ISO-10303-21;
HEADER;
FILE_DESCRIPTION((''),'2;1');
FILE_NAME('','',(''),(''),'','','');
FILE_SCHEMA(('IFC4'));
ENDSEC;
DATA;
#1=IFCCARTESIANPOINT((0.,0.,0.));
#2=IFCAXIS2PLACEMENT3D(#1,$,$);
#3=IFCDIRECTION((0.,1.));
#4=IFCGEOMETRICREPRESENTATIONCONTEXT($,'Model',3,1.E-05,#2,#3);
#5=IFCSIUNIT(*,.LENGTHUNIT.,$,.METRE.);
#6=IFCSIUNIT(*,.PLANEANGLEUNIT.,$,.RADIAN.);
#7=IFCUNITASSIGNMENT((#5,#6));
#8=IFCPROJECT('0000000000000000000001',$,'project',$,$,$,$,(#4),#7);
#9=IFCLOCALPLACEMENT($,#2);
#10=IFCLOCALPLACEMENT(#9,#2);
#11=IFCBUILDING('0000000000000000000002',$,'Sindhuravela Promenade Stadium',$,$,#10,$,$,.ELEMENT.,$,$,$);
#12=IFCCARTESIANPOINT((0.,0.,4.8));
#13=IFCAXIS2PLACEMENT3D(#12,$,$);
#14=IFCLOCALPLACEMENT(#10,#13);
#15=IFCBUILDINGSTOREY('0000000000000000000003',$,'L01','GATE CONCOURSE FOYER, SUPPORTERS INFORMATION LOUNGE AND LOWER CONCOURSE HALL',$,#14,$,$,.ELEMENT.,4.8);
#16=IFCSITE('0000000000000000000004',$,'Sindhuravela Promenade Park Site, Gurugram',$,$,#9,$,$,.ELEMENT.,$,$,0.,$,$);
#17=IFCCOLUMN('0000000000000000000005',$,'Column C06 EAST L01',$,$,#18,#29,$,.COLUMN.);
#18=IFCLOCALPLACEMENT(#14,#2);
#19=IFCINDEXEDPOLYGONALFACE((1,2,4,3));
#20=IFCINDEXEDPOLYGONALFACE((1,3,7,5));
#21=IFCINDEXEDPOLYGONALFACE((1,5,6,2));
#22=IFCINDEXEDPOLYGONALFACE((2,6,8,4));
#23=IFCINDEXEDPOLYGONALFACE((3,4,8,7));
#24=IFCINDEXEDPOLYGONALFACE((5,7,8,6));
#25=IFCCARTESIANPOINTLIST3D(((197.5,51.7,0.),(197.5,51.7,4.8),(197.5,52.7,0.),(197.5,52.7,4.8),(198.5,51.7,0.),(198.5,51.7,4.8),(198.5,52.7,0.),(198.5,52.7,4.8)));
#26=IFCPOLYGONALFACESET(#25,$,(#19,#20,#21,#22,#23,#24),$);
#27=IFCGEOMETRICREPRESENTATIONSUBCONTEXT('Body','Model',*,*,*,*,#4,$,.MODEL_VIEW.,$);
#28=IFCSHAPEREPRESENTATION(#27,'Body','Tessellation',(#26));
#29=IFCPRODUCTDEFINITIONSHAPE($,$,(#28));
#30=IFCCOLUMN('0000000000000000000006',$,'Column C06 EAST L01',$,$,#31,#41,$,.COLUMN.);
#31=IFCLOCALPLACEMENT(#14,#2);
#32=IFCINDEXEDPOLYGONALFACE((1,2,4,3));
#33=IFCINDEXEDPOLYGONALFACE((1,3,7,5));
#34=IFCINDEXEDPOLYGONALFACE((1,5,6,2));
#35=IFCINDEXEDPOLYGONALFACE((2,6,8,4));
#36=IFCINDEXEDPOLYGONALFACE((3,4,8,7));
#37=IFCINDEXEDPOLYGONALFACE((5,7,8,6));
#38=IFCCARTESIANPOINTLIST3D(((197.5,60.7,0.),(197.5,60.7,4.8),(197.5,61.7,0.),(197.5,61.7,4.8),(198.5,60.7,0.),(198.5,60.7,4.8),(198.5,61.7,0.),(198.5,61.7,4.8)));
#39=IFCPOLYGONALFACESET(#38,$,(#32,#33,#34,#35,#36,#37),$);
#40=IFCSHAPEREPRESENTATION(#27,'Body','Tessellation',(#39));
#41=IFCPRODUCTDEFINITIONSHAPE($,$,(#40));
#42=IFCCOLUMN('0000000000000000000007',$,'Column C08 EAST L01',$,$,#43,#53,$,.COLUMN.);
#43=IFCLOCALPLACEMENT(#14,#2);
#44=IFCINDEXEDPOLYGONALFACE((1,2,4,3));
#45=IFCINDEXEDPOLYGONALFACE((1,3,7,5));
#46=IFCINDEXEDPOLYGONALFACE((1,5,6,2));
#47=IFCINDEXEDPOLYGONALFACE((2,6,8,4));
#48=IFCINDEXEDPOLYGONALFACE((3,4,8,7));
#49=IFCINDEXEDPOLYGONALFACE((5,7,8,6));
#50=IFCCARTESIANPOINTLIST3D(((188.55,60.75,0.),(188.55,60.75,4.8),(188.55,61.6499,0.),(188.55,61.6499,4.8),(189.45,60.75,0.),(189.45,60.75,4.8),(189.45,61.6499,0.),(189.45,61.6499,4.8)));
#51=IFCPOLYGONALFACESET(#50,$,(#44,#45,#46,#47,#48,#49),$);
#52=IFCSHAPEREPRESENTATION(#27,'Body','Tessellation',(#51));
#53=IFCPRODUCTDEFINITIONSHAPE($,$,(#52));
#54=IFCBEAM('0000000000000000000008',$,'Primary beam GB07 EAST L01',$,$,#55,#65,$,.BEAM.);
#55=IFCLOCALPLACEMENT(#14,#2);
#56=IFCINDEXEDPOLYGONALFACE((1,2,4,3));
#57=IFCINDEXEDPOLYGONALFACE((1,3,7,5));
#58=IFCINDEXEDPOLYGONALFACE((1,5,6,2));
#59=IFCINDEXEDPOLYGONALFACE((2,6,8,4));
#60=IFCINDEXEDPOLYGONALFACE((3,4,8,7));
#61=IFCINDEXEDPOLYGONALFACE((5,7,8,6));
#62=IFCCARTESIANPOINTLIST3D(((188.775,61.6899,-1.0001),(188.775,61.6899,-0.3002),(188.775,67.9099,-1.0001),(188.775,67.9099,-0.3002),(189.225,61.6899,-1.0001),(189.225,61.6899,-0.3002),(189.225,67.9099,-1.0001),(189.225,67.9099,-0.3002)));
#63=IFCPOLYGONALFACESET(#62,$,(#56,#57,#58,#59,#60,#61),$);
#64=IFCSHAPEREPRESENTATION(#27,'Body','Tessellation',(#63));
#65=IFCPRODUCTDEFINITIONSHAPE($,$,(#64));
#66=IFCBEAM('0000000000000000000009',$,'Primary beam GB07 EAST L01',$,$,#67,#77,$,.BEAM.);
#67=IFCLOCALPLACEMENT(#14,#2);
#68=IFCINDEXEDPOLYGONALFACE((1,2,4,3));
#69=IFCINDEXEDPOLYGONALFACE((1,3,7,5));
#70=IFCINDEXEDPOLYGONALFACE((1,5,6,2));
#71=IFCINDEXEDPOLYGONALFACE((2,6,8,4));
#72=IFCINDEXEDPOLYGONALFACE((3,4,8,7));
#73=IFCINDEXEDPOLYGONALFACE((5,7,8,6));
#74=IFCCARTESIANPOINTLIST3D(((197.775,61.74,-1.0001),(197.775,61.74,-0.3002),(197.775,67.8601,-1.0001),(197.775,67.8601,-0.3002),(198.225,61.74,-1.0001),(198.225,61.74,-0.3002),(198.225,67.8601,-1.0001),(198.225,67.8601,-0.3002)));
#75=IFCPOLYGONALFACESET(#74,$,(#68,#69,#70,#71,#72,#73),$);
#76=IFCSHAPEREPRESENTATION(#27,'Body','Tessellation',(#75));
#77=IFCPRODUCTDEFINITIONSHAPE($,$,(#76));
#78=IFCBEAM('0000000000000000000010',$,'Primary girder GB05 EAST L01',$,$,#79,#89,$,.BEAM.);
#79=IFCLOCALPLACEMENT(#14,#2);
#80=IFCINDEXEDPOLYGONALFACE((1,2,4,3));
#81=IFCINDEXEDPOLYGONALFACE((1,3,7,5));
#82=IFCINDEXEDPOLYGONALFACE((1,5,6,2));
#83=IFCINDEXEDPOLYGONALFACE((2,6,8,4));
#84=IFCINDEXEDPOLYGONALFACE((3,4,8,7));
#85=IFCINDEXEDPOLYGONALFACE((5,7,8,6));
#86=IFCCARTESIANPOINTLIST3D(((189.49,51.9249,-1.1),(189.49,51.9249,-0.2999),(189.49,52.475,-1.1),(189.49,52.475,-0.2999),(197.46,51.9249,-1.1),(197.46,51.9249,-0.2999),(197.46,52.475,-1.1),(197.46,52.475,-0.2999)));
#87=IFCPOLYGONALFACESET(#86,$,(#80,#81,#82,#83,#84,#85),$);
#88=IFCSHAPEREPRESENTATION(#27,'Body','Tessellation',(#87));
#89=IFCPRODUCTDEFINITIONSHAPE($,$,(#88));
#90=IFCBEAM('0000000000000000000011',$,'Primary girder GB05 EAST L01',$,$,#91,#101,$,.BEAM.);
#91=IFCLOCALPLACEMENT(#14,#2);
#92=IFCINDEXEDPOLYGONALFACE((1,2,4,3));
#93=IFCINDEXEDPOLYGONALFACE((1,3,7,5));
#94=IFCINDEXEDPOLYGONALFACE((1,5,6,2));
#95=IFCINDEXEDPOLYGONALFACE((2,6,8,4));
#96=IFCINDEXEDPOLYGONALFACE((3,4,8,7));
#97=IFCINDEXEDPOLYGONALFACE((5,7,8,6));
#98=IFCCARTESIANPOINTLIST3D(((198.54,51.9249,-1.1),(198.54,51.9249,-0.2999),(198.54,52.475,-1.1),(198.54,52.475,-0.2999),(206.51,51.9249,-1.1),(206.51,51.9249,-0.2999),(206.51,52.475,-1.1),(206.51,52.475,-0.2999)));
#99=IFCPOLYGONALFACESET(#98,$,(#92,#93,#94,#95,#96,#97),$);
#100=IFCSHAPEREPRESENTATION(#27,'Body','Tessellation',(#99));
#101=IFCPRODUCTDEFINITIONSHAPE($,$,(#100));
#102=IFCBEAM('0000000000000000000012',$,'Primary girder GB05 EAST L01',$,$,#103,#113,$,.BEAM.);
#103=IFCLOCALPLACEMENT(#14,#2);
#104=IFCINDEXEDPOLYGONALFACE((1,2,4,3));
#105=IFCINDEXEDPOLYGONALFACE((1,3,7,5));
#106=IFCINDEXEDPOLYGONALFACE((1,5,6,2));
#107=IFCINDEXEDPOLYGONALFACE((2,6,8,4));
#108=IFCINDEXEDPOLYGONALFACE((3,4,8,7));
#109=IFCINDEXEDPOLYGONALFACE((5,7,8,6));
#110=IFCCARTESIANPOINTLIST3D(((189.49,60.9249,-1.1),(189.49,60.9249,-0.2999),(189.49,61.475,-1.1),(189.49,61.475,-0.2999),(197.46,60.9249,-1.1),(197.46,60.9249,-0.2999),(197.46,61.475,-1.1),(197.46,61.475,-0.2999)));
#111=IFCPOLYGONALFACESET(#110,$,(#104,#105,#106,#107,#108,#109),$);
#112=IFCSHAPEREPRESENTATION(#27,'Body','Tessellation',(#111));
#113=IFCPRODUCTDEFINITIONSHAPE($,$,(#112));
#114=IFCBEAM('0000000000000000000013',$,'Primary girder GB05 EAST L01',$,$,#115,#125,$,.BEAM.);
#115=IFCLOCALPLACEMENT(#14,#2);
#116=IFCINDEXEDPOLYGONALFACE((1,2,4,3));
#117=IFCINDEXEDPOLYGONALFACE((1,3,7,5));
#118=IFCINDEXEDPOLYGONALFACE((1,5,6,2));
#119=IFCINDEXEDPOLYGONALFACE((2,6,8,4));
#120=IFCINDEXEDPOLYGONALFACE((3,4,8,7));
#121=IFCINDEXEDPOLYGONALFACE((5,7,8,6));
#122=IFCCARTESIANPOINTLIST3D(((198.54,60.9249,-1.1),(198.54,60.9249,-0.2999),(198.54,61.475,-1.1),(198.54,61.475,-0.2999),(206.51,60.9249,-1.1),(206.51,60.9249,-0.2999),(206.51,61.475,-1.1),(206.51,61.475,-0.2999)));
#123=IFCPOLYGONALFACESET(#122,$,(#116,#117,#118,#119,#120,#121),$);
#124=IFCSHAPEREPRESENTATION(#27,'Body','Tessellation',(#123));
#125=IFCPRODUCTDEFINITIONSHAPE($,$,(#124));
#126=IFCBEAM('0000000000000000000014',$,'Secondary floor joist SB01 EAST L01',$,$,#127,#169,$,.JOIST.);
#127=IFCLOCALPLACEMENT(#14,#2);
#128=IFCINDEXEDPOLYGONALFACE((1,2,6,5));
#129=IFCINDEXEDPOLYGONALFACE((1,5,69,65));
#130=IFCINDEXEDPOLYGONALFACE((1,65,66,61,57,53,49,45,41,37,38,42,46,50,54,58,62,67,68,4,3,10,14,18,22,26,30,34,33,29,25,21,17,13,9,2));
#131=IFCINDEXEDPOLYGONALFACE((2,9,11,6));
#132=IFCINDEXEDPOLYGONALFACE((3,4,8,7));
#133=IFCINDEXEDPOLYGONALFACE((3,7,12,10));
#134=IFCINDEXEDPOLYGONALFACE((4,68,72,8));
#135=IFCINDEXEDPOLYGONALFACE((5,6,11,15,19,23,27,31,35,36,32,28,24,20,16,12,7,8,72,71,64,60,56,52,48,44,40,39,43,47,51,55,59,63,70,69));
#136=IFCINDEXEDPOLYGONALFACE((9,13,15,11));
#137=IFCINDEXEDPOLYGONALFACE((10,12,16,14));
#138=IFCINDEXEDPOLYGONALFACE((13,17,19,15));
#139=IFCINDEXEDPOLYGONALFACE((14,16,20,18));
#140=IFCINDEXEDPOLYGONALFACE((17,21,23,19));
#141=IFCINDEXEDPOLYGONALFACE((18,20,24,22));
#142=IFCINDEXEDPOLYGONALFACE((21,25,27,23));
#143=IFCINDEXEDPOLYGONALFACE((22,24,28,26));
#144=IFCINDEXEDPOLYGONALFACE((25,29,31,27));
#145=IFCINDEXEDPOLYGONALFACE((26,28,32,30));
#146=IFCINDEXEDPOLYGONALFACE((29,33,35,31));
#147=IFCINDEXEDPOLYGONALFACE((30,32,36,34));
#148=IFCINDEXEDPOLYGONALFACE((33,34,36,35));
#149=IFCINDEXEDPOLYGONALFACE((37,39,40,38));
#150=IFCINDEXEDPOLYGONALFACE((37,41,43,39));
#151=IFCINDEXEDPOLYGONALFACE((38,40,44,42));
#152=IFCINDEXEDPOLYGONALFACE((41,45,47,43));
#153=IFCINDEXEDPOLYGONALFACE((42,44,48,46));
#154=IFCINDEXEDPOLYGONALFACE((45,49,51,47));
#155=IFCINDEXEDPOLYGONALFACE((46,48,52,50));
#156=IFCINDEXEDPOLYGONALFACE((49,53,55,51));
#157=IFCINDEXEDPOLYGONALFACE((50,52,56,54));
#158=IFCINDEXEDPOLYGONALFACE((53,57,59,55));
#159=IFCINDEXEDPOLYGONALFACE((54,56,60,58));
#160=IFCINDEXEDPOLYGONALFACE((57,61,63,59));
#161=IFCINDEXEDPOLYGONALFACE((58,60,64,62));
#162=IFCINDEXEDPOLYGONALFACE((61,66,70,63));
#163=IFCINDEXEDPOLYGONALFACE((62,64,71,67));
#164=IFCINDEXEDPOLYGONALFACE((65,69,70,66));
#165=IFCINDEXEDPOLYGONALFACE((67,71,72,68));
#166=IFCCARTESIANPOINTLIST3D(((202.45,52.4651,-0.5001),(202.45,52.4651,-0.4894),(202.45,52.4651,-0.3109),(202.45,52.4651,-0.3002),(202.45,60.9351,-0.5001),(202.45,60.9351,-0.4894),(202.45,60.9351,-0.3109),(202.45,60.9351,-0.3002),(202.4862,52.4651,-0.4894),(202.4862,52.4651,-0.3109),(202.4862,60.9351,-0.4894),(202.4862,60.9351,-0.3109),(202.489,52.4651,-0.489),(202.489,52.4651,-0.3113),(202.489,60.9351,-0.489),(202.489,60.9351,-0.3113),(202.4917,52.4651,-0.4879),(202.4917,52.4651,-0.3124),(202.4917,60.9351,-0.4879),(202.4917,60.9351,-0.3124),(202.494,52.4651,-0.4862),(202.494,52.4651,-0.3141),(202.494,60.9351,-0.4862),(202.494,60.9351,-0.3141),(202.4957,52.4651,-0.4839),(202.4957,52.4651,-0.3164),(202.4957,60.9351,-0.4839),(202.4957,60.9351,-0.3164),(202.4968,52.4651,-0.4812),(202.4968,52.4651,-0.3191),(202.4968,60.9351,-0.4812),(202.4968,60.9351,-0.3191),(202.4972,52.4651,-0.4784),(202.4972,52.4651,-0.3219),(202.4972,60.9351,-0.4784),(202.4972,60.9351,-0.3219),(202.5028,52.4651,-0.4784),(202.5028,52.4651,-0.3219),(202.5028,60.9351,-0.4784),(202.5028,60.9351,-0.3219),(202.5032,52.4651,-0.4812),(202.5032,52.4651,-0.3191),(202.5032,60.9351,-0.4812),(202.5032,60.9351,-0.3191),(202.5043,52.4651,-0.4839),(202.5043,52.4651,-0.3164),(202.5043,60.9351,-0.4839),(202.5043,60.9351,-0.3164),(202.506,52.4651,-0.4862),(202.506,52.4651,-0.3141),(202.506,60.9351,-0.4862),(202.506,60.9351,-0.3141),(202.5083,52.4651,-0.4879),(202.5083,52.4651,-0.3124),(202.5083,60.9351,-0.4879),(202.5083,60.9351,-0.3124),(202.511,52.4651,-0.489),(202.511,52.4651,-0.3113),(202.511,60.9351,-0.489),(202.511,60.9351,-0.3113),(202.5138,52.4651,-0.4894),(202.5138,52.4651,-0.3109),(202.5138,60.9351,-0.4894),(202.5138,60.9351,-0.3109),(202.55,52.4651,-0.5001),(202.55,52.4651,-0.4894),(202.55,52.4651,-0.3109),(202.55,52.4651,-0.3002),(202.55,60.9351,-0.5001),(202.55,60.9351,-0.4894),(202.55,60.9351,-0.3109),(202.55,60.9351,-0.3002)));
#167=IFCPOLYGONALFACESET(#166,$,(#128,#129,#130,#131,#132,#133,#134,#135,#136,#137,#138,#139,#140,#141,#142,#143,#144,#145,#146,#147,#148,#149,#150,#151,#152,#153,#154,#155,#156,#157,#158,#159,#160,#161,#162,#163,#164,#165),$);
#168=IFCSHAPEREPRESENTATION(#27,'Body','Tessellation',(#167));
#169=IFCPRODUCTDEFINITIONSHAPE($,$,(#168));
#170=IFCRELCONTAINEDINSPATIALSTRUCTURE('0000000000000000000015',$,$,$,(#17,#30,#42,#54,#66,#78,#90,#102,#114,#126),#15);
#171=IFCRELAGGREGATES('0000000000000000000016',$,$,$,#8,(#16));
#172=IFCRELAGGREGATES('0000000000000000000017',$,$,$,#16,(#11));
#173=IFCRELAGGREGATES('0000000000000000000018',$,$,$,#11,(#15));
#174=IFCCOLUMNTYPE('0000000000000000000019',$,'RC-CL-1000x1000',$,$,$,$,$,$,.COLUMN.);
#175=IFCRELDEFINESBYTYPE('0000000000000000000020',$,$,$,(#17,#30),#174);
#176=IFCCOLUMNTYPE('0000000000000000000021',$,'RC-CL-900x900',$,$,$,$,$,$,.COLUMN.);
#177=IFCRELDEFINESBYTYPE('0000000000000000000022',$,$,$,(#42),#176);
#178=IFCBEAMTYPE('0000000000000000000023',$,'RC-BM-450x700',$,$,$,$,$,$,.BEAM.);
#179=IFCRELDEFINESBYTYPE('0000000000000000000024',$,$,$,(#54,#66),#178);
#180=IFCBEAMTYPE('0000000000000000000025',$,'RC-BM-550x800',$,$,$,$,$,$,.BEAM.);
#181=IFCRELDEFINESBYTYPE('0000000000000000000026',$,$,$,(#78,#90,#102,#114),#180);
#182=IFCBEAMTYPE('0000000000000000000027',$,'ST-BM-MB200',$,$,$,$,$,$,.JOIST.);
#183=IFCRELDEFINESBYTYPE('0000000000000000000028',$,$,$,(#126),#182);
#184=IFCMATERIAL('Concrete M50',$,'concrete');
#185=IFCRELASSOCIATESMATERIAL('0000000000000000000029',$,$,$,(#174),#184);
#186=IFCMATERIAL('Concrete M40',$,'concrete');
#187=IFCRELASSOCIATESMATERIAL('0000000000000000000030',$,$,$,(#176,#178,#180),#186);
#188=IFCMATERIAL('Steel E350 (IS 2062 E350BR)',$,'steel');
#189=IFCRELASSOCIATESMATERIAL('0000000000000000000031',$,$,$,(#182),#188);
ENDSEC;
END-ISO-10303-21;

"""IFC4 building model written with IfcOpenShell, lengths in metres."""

from ifc_helpers import new_model, si_unit, direction, frame, origin, origin_2d, place, context, subcontext, project, spatial, rectangle, i_section, extrude, material, material_profile, profile_set, type_object, element, save


model = new_model("IFC4")

# Units and contexts
model_context = context("Model", 3, precision=1e-05, world=origin(), true_north=direction((0.0, 1.0)))
body_context = subcontext(model_context, "Body", "Model", "MODEL_VIEW")
ifc_project = project(units=[si_unit("LENGTHUNIT", "METRE"), si_unit("PLANEANGLEUNIT", "RADIAN")], contexts=[model_context])

# Site, building, storey
site_placement = place(None, origin())
site = spatial("IfcSite", under=ifc_project, at=site_placement, Name="Sindhuravela Promenade Park Site, Gurugram", CompositionType="ELEMENT", RefElevation=0.0)
building_placement = place(site_placement, origin())
building = spatial("IfcBuilding", under=site, at=building_placement, Name="Sindhuravela Promenade Stadium", CompositionType="ELEMENT")
storey_placement = place(building_placement, frame((0.0, 0.0, 4.8)))
storey = spatial("IfcBuildingStorey", under=building, at=storey_placement, Name="L01", Description="GATE CONCOURSE FOYER, SUPPORTERS INFORMATION LOUNGE AND LOWER CONCOURSE HALL", CompositionType="ELEMENT", Elevation=4.8)

# Columns
ifc_material_1 = material(Name="Concrete M50", Category="concrete")
ifc_material_profile_1 = material_profile(ifc_material_1, rectangle(XDim=1.0, YDim=1.0, at=origin_2d()), Name="RC 1000x1000")
ifc_profile_set_1 = profile_set([ifc_material_profile_1], Name="Concrete M50")
column_type_1 = type_object("IfcColumnType", Name="RC-CL-1000x1000", PredefinedType="COLUMN", material=ifc_profile_set_1)
for number, where, z_axis, x_axis, name in (
    (1, (198.0, 52.2, 0.0), (0.0, 0.0, 1.0), (1.0, 0.0, 0.0), "Column C06 EAST L01"),
    (2, (198.0, 61.2, 0.0), (0.0, 0.0, 1.0), (1.0, 0.0, 0.0), "Column C06 EAST L01"),
):
    element("IfcColumn", number, at=place(storey_placement, frame(where, z_axis=z_axis, x_axis=x_axis)), inside=storey, type_object=column_type_1, Name=name, PredefinedType="COLUMN", context=body_context, shape_type="SweptSolid", body=[
        extrude(rectangle(XDim=1.0, YDim=1.0, at=origin_2d()), origin(), (0.0, 0.0, 1.0), 4.8),
    ])
ifc_material_2 = material(Name="Concrete M40", Category="concrete")
ifc_material_profile_2 = material_profile(ifc_material_2, rectangle(XDim=0.8999, YDim=0.8999, at=origin_2d()), Name="RC 900x900")
ifc_profile_set_2 = profile_set([ifc_material_profile_2], Name="Concrete M40")
column_type_2 = type_object("IfcColumnType", Name="RC-CL-900x900", PredefinedType="COLUMN", material=ifc_profile_set_2)
column_placement = place(storey_placement, frame((189.0, 61.2, 0.0), z_axis=(0.0, 0.0, 1.0), x_axis=(1.0, 0.0, 0.0)))
element("IfcColumn", 3, at=column_placement, inside=storey, type_object=column_type_2, Name="Column C08 EAST L01", PredefinedType="COLUMN", context=body_context, shape_type="SweptSolid", body=[
    extrude(rectangle(XDim=0.8999, YDim=0.8999, at=origin_2d()), origin(), (0.0, 0.0, 1.0), 4.8),
])

# Beams
ifc_material_profile_3 = material_profile(ifc_material_2, rectangle(XDim=0.45, YDim=0.7, at=origin_2d()), Name="RC 450x700")
ifc_profile_set_3 = profile_set([ifc_material_profile_3], Name="Concrete M40")
beam_type_1 = type_object("IfcBeamType", Name="RC-BM-450x700", PredefinedType="BEAM", material=ifc_profile_set_3)
beam_1_placement = place(storey_placement, frame((189.0, 61.6899, -0.6501), z_axis=(0.0, 1.0, 0.0), x_axis=(-1.0, 0.0, 0.0)))
element("IfcBeam", 4, at=beam_1_placement, inside=storey, type_object=beam_type_1, Name="Primary beam GB07 EAST L01", PredefinedType="BEAM", context=body_context, shape_type="SweptSolid", body=[
    extrude(rectangle(XDim=0.45, YDim=0.7, at=origin_2d()), origin(), (0.0, 0.0, 1.0), 6.22),
])
beam_2_placement = place(storey_placement, frame((198.0, 61.74, -0.6501), z_axis=(0.0, 1.0, 0.0), x_axis=(-1.0, 0.0, 0.0)))
element("IfcBeam", 5, at=beam_2_placement, inside=storey, type_object=beam_type_1, Name="Primary beam GB07 EAST L01", PredefinedType="BEAM", context=body_context, shape_type="SweptSolid", body=[
    extrude(rectangle(XDim=0.45, YDim=0.7, at=origin_2d()), origin(), (0.0, 0.0, 1.0), 6.1201),
])
ifc_material_profile_4 = material_profile(ifc_material_2, rectangle(XDim=0.55, YDim=0.8, at=origin_2d()), Name="RC 550x800")
ifc_profile_set_4 = profile_set([ifc_material_profile_4], Name="Concrete M40")
beam_type_2 = type_object("IfcBeamType", Name="RC-BM-550x800", PredefinedType="BEAM", material=ifc_profile_set_4)
for number, where, z_axis, x_axis, name in (
    (6, (189.49, 52.2, -0.7), (1.0, 0.0, 0.0), (0.0, 1.0, 0.0), "Primary girder GB05 EAST L01"),
    (7, (198.54, 52.2, -0.7), (1.0, 0.0, 0.0), (0.0, 1.0, 0.0), "Primary girder GB05 EAST L01"),
    (8, (189.49, 61.2, -0.7), (1.0, 0.0, 0.0), (0.0, 1.0, 0.0), "Primary girder GB05 EAST L01"),
    (9, (198.54, 61.2, -0.7), (1.0, 0.0, 0.0), (0.0, 1.0, 0.0), "Primary girder GB05 EAST L01"),
):
    element("IfcBeam", number, at=place(storey_placement, frame(where, z_axis=z_axis, x_axis=x_axis)), inside=storey, type_object=beam_type_2, Name=name, PredefinedType="BEAM", context=body_context, shape_type="SweptSolid", body=[
        extrude(rectangle(XDim=0.55, YDim=0.8, at=origin_2d()), origin(), (0.0, 0.0, 1.0), 7.97),
    ])
ifc_material_3 = material(Name="Steel E350 (IS 2062 E350BR)", Category="steel")
ifc_material_profile_5 = material_profile(ifc_material_3, i_section(OverallWidth=0.1001, OverallDepth=0.2, WebThickness=0.0056, FlangeThickness=0.0107, FilletRadius=0.011, at=origin_2d()), Name="ISMB 200")
ifc_profile_set_5 = profile_set([ifc_material_profile_5], Name="Steel E350 (IS 2062 E350BR)")
beam_type_3 = type_object("IfcBeamType", Name="ST-BM-MB200", PredefinedType="JOIST", material=ifc_profile_set_5)
beam_3_placement = place(storey_placement, frame((202.5, 52.4651, -0.4001), z_axis=(0.0, 1.0, 0.0), x_axis=(-1.0, 0.0, 0.0)))
element("IfcBeam", 10, at=beam_3_placement, inside=storey, type_object=beam_type_3, Name="Secondary floor joist SB01 EAST L01", PredefinedType="JOIST", context=body_context, shape_type="SweptSolid", body=[
    extrude(i_section(OverallWidth=0.1001, OverallDepth=0.2, WebThickness=0.0056, FlangeThickness=0.0107, FilletRadius=0.011, at=origin_2d()), origin(), (0.0, 0.0, 1.0), 8.47),
])

save(model, "model.ifc")
